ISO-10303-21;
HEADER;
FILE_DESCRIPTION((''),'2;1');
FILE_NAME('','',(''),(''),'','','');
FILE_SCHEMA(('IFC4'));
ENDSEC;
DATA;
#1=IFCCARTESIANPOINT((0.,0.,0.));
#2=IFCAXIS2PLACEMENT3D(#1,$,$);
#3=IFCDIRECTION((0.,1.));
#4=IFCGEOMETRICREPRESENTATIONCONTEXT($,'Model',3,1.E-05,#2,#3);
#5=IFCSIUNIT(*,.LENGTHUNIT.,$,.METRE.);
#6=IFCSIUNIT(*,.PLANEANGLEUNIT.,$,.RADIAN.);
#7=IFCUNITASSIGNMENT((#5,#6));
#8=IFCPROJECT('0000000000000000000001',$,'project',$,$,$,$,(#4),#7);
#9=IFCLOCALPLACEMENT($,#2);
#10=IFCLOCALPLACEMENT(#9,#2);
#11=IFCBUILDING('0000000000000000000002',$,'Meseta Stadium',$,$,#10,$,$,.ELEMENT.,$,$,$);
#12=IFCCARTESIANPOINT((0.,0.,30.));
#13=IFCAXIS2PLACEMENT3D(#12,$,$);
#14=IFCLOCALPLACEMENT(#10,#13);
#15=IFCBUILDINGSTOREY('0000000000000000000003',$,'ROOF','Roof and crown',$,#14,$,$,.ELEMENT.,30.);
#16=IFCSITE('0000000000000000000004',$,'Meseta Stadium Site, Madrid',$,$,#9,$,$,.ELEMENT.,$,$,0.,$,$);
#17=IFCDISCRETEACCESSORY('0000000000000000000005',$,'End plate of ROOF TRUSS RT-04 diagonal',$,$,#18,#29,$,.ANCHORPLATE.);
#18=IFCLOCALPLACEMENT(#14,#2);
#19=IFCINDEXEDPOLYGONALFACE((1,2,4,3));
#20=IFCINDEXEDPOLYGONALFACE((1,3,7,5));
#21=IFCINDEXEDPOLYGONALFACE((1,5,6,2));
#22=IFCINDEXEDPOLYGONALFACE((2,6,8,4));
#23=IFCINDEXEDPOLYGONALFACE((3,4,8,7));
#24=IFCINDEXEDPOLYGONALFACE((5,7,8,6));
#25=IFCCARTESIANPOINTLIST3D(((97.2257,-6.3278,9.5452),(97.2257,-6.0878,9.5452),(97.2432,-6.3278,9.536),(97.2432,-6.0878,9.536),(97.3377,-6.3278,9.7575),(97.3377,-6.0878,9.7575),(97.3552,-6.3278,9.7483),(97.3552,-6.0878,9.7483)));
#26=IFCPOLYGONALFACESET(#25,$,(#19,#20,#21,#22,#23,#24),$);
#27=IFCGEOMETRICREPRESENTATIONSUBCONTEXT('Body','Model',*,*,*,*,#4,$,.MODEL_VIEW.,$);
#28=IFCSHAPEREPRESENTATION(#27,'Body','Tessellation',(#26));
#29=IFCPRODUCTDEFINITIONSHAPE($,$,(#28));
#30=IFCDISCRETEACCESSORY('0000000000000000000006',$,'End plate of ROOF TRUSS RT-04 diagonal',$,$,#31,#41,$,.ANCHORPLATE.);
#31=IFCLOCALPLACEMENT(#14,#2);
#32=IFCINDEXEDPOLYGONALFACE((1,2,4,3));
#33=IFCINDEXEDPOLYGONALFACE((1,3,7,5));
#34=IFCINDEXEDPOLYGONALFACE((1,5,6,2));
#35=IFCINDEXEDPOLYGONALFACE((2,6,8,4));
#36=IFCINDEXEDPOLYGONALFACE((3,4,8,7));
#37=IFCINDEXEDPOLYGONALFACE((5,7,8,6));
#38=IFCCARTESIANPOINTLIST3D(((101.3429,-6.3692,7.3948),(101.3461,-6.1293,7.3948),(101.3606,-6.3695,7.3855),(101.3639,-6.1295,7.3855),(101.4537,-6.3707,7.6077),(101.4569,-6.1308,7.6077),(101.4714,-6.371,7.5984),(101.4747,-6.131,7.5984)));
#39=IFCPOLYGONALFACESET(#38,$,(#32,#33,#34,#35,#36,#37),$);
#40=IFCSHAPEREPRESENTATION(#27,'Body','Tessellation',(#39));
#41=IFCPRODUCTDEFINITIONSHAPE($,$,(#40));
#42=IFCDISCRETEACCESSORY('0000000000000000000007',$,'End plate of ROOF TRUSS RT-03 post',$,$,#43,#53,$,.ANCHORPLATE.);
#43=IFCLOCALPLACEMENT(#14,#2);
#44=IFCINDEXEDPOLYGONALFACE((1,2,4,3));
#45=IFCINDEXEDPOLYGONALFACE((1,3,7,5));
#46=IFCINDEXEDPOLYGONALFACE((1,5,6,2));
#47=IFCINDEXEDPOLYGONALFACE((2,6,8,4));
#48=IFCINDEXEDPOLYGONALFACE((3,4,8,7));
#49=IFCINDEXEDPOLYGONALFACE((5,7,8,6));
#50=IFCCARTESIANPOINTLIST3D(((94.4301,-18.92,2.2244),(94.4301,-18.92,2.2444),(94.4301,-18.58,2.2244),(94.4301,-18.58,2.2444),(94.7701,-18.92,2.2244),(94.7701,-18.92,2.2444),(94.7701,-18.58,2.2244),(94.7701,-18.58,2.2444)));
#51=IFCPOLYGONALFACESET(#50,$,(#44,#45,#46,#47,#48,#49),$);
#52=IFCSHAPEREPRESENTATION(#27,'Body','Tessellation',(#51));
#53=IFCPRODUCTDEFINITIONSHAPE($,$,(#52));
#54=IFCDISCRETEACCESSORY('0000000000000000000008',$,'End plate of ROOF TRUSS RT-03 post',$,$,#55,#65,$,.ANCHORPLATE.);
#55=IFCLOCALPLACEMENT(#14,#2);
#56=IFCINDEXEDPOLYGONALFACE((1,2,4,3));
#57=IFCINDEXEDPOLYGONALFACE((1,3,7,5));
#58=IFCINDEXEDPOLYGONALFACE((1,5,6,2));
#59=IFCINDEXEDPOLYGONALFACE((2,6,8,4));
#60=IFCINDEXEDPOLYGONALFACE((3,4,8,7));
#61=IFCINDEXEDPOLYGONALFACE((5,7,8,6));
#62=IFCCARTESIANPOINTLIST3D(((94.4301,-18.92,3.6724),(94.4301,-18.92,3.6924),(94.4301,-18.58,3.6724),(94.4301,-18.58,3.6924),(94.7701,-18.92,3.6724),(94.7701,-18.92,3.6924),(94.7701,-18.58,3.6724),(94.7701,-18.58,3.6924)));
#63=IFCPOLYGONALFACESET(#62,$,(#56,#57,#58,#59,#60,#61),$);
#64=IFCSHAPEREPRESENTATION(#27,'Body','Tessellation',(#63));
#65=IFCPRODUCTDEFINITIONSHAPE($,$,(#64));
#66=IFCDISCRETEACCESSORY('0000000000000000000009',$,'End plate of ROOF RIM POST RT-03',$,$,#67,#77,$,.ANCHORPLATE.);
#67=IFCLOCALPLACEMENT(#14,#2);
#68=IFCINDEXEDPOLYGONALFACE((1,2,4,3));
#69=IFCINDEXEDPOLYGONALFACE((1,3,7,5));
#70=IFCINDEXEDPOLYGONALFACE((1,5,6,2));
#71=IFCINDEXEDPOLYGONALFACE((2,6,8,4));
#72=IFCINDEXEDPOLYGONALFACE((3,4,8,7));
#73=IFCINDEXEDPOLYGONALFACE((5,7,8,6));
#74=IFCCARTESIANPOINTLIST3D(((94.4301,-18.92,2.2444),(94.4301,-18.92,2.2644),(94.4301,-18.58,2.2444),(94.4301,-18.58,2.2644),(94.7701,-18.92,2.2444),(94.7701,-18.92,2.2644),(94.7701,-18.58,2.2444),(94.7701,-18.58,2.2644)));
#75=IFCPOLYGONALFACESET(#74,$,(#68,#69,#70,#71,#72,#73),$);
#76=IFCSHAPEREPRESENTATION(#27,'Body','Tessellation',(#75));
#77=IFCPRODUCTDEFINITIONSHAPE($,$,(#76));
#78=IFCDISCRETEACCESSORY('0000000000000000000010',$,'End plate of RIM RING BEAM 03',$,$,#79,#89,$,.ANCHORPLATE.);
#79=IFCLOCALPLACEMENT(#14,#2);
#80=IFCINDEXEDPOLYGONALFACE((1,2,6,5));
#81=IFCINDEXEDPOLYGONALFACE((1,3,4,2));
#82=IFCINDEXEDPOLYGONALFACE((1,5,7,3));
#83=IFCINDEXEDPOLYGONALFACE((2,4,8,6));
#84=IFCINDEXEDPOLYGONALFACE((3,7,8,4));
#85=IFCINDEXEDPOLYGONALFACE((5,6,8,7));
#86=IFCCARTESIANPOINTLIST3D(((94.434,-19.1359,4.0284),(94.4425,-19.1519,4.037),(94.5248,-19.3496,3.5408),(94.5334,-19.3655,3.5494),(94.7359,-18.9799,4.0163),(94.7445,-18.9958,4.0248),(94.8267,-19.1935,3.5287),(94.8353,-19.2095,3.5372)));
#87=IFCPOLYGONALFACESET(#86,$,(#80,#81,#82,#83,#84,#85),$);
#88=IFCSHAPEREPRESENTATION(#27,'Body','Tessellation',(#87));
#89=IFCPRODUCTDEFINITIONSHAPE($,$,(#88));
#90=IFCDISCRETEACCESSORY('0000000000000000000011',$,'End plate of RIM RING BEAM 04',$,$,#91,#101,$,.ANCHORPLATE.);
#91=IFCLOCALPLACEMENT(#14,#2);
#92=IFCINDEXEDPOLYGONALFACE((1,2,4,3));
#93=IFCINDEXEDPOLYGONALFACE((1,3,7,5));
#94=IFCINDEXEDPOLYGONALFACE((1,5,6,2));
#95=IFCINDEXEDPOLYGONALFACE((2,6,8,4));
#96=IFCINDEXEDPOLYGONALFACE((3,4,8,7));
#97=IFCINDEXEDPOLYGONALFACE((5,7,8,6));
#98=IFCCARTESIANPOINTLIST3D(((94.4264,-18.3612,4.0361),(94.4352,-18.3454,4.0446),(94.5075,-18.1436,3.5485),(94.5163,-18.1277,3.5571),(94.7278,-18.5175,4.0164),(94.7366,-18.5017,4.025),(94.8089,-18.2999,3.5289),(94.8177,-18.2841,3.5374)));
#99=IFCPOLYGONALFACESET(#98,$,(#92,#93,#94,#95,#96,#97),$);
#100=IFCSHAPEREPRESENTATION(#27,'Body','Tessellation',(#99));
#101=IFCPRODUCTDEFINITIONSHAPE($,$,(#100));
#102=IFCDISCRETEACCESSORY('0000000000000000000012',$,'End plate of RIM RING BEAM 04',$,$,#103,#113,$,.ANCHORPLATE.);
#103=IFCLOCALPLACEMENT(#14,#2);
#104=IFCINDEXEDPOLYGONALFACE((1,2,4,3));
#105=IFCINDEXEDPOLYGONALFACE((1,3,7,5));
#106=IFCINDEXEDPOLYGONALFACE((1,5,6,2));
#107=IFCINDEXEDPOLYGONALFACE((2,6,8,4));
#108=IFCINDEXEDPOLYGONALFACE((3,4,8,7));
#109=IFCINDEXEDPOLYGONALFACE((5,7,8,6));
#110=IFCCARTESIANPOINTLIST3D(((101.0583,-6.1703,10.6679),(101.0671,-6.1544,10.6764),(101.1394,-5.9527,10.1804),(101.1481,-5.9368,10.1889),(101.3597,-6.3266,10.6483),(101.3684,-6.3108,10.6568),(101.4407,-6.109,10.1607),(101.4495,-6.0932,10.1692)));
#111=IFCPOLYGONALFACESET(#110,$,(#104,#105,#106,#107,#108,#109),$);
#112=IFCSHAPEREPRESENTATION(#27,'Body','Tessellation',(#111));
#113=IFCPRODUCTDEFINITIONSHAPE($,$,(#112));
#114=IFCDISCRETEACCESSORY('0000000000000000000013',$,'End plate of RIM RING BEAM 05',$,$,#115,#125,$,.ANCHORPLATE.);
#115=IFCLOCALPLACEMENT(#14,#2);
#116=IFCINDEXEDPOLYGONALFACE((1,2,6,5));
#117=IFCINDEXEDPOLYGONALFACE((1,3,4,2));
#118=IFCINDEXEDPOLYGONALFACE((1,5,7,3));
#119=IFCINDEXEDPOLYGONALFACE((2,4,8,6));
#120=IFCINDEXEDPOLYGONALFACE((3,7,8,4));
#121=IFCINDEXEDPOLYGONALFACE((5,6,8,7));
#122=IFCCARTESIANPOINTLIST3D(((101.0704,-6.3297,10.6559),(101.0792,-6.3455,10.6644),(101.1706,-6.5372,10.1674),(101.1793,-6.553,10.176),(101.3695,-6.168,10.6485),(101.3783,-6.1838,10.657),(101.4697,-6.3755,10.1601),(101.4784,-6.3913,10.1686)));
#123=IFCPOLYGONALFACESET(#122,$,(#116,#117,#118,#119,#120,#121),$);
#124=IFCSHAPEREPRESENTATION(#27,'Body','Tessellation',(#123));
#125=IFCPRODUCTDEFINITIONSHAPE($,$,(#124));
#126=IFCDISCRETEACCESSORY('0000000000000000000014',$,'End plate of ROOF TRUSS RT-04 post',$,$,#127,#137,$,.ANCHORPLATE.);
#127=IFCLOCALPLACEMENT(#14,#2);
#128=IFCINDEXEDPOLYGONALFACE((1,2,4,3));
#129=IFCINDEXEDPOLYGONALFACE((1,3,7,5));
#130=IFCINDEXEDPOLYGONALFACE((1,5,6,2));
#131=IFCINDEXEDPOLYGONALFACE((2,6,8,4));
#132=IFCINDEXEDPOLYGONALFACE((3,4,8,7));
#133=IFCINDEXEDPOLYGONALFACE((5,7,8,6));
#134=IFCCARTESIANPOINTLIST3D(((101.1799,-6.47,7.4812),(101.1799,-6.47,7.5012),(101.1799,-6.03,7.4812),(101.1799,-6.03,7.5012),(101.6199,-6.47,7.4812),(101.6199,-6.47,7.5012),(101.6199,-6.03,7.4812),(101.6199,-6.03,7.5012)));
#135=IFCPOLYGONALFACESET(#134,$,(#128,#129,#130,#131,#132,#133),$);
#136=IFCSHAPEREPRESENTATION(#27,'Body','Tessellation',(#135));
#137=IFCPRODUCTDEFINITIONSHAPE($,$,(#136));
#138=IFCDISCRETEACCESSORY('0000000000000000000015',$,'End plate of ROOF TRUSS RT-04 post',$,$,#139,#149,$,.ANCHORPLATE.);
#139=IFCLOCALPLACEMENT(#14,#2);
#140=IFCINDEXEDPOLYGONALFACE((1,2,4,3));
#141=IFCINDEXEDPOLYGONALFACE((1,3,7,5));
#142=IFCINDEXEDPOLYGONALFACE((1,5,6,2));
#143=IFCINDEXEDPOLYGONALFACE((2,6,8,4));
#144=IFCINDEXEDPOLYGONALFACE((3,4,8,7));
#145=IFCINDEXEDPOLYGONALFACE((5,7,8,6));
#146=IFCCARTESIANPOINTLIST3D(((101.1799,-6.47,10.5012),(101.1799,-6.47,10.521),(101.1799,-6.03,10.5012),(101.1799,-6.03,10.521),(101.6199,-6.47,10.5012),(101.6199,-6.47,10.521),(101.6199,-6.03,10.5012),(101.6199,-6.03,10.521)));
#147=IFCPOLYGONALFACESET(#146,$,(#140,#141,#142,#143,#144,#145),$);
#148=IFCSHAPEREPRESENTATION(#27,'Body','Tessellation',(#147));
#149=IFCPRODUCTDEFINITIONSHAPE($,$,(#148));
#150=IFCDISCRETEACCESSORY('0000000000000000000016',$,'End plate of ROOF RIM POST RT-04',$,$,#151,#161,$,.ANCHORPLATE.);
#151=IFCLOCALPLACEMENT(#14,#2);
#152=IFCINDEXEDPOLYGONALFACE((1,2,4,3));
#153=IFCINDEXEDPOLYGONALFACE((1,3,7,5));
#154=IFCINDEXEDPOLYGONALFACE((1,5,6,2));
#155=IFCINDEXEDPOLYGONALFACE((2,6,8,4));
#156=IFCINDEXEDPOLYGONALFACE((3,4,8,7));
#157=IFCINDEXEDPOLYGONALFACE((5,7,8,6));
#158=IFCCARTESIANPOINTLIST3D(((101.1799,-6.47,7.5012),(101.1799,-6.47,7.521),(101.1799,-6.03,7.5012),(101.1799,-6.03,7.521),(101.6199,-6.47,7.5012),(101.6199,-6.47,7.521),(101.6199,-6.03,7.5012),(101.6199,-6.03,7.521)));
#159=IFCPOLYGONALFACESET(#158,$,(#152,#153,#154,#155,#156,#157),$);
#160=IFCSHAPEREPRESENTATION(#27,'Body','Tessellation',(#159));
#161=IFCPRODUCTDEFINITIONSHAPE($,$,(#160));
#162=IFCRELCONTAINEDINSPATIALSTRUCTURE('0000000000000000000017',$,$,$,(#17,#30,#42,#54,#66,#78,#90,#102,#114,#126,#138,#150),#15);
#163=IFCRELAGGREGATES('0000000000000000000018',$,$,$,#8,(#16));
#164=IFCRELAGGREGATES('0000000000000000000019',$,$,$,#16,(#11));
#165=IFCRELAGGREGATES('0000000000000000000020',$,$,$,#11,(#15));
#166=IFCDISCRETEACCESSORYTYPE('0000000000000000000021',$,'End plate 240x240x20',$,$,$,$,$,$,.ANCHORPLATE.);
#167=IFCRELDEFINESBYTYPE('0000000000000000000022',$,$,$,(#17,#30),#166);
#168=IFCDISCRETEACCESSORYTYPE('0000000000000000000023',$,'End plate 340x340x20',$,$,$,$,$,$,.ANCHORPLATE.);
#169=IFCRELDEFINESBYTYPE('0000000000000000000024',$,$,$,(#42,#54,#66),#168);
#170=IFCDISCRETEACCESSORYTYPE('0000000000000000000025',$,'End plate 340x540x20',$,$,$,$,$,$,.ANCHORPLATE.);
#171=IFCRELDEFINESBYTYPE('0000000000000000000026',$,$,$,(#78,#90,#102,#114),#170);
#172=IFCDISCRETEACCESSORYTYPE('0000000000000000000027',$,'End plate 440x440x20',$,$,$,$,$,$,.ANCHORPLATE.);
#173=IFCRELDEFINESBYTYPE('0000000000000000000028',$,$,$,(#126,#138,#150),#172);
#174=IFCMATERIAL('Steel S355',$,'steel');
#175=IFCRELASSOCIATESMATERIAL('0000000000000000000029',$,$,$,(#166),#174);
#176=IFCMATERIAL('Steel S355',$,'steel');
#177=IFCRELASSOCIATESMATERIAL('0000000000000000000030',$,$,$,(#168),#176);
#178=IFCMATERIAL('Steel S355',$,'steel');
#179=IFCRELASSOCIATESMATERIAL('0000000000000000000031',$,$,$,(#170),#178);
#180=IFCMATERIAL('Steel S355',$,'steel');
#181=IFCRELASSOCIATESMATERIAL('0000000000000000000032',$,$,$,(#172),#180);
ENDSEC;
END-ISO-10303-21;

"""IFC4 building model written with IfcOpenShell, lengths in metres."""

from ifc_helpers import new_model, si_unit, direction, frame, origin, origin_2d, place, context, subcontext, project, spatial, rectangle, extrude, material, material_profile, profile_set, type_object, element, save


model = new_model("IFC4")

# Units and contexts
model_context = context("Model", 3, precision=1e-05, world=origin(), true_north=direction((0.0, 1.0)))
body_context = subcontext(model_context, "Body", "Model", "MODEL_VIEW")
ifc_project = project(units=[si_unit("LENGTHUNIT", "METRE"), si_unit("PLANEANGLEUNIT", "RADIAN")], contexts=[model_context])

# Site, building, storey
site_placement = place(None, origin())
site = spatial("IfcSite", under=ifc_project, at=site_placement, Name="Meseta Stadium Site, Madrid", CompositionType="ELEMENT", RefElevation=0.0)
building_placement = place(site_placement, origin())
building = spatial("IfcBuilding", under=site, at=building_placement, Name="Meseta Stadium", CompositionType="ELEMENT")
storey_placement = place(building_placement, frame((0.0, 0.0, 30.0)))
storey = spatial("IfcBuildingStorey", under=building, at=storey_placement, Name="ROOF", Description="Roof and crown", CompositionType="ELEMENT", Elevation=30.0)

# Discrete accessories
ifc_material_1 = material(Name="Steel S355", Category="steel")
ifc_material_profile_1 = material_profile(ifc_material_1, rectangle(XDim=0.24, YDim=0.24, at=origin_2d()), Name="PL 240x240")
ifc_profile_set_1 = profile_set([ifc_material_profile_1], Name="Steel S355")
discrete_accessory_type_1 = type_object("IfcDiscreteAccessoryType", Name="End plate 240x240x20", PredefinedType="ANCHORPLATE", material=ifc_profile_set_1)
discrete_accessory_1_placement = place(storey_placement, frame((97.2817, -6.2078, 9.6514), z_axis=(0.884385, 0.0, -0.466759), x_axis=(0.0, 1.0, 0.0)))
element("IfcDiscreteAccessory", 1, at=discrete_accessory_1_placement, inside=storey, type_object=discrete_accessory_type_1, Name="End plate of ROOF TRUSS RT-04 diagonal", PredefinedType="ANCHORPLATE", context=body_context, shape_type="SweptSolid", body=[
    extrude(rectangle(XDim=0.24, YDim=0.24, at=origin_2d()), origin(), (0.0, 0.0, 1.0), 0.0198),
])
discrete_accessory_2_placement = place(storey_placement, frame((101.3999, -6.25, 7.5012), z_axis=(0.886952, -0.01215, -0.461701), x_axis=(0.013697, 0.999906, 0.0)))
element("IfcDiscreteAccessory", 2, at=discrete_accessory_2_placement, inside=storey, type_object=discrete_accessory_type_1, Name="End plate of ROOF TRUSS RT-04 diagonal", PredefinedType="ANCHORPLATE", context=body_context, shape_type="SweptSolid", body=[
    extrude(rectangle(XDim=0.24, YDim=0.24, at=origin_2d()), origin(), (0.0, 0.0, 1.0), 0.02),
])
ifc_material_2 = material(Name="Steel S355", Category="steel")
ifc_material_profile_2 = material_profile(ifc_material_2, rectangle(XDim=0.3401, YDim=0.3401, at=origin_2d()), Name="PL 340x340")
ifc_profile_set_2 = profile_set([ifc_material_profile_2], Name="Steel S355")
discrete_accessory_type_2 = type_object("IfcDiscreteAccessoryType", Name="End plate 340x340x20", PredefinedType="ANCHORPLATE", material=ifc_profile_set_2)
for number, where, z_axis, x_axis, name in (
    (3, (94.6001, -18.75, 2.2244), (0.0, 0.0, 1.0), (1.0, 0.0, 0.0), "End plate of ROOF TRUSS RT-03 post"),
    (4, (94.6001, -18.75, 3.6724), (0.0, 0.0, 1.0), (1.0, 0.0, 0.0), "End plate of ROOF TRUSS RT-03 post"),
    (5, (94.6001, -18.75, 2.2444), (0.0, 0.0, 1.0), (1.0, 0.0, 0.0), "End plate of ROOF RIM POST RT-03"),
):
    element("IfcDiscreteAccessory", number, at=place(storey_placement, frame(where, z_axis=z_axis, x_axis=x_axis)), inside=storey, type_object=discrete_accessory_type_2, Name=name, PredefinedType="ANCHORPLATE", context=body_context, shape_type="SweptSolid", body=[
        extrude(rectangle(XDim=0.3401, YDim=0.3401, at=origin_2d()), origin(), (0.0, 0.0, 1.0), 0.02),
    ])
ifc_material_3 = material(Name="Steel S355", Category="steel")
ifc_material_profile_3 = material_profile(ifc_material_3, rectangle(XDim=0.3401, YDim=0.54, at=origin_2d()), Name="PL 340x540")
ifc_profile_set_3 = profile_set([ifc_material_profile_3], Name="Steel S355")
discrete_accessory_type_3 = type_object("IfcDiscreteAccessoryType", Name="End plate 340x540x20", PredefinedType="ANCHORPLATE", material=ifc_profile_set_3)
for number, where, z_axis, x_axis, name in (
    (6, (94.6389, -19.1807, 3.7871), (-0.428393, 0.795587, -0.428393), (-0.887801, -0.458843, 0.035665), "End plate of RIM RING BEAM 03"),
    (7, (94.6177, -18.3306, 3.7825), (0.438308, 0.791389, 0.426133), (-0.886194, 0.459694, 0.057796), "End plate of RIM RING BEAM 04"),
    (8, (101.2495, -6.1396, 10.4143), (0.438308, 0.791389, 0.426133), (-0.886194, 0.459694, 0.057796), "End plate of RIM RING BEAM 04"),
    (9, (101.2788, -6.3684, 10.4165), (-0.438308, 0.791389, -0.426133), (-0.879482, -0.47544, 0.02165), "End plate of RIM RING BEAM 05"),
):
    element("IfcDiscreteAccessory", number, at=place(storey_placement, frame(where, z_axis=z_axis, x_axis=x_axis)), inside=storey, type_object=discrete_accessory_type_3, Name=name, PredefinedType="ANCHORPLATE", context=body_context, shape_type="SweptSolid", body=[
        extrude(rectangle(XDim=0.3401, YDim=0.54, at=origin_2d()), origin(), (0.0, 0.0, 1.0), 0.02),
    ])
ifc_material_4 = material(Name="Steel S355", Category="steel")
ifc_material_profile_4 = material_profile(ifc_material_4, rectangle(XDim=0.4399, YDim=0.4399, at=origin_2d()), Name="PL 440x440")
ifc_profile_set_4 = profile_set([ifc_material_profile_4], Name="Steel S355")
discrete_accessory_type_4 = type_object("IfcDiscreteAccessoryType", Name="End plate 440x440x20", PredefinedType="ANCHORPLATE", material=ifc_profile_set_4)
discrete_accessory_3_placement = place(storey_placement, frame((101.3999, -6.25, 7.4812), z_axis=(0.0, 0.0, 1.0), x_axis=(1.0, 0.0, 0.0)))
element("IfcDiscreteAccessory", 10, at=discrete_accessory_3_placement, inside=storey, type_object=discrete_accessory_type_4, Name="End plate of ROOF TRUSS RT-04 post", PredefinedType="ANCHORPLATE", context=body_context, shape_type="SweptSolid", body=[
    extrude(rectangle(XDim=0.4399, YDim=0.4399, at=origin_2d()), origin(), (0.0, 0.0, 1.0), 0.02),
])
for number, where, z_axis, x_axis, name in (
    (11, (101.3999, -6.25, 10.5012), (0.0, 0.0, 1.0), (1.0, 0.0, 0.0), "End plate of ROOF TRUSS RT-04 post"),
    (12, (101.3999, -6.25, 7.5012), (0.0, 0.0, 1.0), (1.0, 0.0, 0.0), "End plate of ROOF RIM POST RT-04"),
):
    element("IfcDiscreteAccessory", number, at=place(storey_placement, frame(where, z_axis=z_axis, x_axis=x_axis)), inside=storey, type_object=discrete_accessory_type_4, Name=name, PredefinedType="ANCHORPLATE", context=body_context, shape_type="SweptSolid", body=[
        extrude(rectangle(XDim=0.4399, YDim=0.4399, at=origin_2d()), origin(), (0.0, 0.0, 1.0), 0.0198),
    ])

save(model, "model.ifc")
